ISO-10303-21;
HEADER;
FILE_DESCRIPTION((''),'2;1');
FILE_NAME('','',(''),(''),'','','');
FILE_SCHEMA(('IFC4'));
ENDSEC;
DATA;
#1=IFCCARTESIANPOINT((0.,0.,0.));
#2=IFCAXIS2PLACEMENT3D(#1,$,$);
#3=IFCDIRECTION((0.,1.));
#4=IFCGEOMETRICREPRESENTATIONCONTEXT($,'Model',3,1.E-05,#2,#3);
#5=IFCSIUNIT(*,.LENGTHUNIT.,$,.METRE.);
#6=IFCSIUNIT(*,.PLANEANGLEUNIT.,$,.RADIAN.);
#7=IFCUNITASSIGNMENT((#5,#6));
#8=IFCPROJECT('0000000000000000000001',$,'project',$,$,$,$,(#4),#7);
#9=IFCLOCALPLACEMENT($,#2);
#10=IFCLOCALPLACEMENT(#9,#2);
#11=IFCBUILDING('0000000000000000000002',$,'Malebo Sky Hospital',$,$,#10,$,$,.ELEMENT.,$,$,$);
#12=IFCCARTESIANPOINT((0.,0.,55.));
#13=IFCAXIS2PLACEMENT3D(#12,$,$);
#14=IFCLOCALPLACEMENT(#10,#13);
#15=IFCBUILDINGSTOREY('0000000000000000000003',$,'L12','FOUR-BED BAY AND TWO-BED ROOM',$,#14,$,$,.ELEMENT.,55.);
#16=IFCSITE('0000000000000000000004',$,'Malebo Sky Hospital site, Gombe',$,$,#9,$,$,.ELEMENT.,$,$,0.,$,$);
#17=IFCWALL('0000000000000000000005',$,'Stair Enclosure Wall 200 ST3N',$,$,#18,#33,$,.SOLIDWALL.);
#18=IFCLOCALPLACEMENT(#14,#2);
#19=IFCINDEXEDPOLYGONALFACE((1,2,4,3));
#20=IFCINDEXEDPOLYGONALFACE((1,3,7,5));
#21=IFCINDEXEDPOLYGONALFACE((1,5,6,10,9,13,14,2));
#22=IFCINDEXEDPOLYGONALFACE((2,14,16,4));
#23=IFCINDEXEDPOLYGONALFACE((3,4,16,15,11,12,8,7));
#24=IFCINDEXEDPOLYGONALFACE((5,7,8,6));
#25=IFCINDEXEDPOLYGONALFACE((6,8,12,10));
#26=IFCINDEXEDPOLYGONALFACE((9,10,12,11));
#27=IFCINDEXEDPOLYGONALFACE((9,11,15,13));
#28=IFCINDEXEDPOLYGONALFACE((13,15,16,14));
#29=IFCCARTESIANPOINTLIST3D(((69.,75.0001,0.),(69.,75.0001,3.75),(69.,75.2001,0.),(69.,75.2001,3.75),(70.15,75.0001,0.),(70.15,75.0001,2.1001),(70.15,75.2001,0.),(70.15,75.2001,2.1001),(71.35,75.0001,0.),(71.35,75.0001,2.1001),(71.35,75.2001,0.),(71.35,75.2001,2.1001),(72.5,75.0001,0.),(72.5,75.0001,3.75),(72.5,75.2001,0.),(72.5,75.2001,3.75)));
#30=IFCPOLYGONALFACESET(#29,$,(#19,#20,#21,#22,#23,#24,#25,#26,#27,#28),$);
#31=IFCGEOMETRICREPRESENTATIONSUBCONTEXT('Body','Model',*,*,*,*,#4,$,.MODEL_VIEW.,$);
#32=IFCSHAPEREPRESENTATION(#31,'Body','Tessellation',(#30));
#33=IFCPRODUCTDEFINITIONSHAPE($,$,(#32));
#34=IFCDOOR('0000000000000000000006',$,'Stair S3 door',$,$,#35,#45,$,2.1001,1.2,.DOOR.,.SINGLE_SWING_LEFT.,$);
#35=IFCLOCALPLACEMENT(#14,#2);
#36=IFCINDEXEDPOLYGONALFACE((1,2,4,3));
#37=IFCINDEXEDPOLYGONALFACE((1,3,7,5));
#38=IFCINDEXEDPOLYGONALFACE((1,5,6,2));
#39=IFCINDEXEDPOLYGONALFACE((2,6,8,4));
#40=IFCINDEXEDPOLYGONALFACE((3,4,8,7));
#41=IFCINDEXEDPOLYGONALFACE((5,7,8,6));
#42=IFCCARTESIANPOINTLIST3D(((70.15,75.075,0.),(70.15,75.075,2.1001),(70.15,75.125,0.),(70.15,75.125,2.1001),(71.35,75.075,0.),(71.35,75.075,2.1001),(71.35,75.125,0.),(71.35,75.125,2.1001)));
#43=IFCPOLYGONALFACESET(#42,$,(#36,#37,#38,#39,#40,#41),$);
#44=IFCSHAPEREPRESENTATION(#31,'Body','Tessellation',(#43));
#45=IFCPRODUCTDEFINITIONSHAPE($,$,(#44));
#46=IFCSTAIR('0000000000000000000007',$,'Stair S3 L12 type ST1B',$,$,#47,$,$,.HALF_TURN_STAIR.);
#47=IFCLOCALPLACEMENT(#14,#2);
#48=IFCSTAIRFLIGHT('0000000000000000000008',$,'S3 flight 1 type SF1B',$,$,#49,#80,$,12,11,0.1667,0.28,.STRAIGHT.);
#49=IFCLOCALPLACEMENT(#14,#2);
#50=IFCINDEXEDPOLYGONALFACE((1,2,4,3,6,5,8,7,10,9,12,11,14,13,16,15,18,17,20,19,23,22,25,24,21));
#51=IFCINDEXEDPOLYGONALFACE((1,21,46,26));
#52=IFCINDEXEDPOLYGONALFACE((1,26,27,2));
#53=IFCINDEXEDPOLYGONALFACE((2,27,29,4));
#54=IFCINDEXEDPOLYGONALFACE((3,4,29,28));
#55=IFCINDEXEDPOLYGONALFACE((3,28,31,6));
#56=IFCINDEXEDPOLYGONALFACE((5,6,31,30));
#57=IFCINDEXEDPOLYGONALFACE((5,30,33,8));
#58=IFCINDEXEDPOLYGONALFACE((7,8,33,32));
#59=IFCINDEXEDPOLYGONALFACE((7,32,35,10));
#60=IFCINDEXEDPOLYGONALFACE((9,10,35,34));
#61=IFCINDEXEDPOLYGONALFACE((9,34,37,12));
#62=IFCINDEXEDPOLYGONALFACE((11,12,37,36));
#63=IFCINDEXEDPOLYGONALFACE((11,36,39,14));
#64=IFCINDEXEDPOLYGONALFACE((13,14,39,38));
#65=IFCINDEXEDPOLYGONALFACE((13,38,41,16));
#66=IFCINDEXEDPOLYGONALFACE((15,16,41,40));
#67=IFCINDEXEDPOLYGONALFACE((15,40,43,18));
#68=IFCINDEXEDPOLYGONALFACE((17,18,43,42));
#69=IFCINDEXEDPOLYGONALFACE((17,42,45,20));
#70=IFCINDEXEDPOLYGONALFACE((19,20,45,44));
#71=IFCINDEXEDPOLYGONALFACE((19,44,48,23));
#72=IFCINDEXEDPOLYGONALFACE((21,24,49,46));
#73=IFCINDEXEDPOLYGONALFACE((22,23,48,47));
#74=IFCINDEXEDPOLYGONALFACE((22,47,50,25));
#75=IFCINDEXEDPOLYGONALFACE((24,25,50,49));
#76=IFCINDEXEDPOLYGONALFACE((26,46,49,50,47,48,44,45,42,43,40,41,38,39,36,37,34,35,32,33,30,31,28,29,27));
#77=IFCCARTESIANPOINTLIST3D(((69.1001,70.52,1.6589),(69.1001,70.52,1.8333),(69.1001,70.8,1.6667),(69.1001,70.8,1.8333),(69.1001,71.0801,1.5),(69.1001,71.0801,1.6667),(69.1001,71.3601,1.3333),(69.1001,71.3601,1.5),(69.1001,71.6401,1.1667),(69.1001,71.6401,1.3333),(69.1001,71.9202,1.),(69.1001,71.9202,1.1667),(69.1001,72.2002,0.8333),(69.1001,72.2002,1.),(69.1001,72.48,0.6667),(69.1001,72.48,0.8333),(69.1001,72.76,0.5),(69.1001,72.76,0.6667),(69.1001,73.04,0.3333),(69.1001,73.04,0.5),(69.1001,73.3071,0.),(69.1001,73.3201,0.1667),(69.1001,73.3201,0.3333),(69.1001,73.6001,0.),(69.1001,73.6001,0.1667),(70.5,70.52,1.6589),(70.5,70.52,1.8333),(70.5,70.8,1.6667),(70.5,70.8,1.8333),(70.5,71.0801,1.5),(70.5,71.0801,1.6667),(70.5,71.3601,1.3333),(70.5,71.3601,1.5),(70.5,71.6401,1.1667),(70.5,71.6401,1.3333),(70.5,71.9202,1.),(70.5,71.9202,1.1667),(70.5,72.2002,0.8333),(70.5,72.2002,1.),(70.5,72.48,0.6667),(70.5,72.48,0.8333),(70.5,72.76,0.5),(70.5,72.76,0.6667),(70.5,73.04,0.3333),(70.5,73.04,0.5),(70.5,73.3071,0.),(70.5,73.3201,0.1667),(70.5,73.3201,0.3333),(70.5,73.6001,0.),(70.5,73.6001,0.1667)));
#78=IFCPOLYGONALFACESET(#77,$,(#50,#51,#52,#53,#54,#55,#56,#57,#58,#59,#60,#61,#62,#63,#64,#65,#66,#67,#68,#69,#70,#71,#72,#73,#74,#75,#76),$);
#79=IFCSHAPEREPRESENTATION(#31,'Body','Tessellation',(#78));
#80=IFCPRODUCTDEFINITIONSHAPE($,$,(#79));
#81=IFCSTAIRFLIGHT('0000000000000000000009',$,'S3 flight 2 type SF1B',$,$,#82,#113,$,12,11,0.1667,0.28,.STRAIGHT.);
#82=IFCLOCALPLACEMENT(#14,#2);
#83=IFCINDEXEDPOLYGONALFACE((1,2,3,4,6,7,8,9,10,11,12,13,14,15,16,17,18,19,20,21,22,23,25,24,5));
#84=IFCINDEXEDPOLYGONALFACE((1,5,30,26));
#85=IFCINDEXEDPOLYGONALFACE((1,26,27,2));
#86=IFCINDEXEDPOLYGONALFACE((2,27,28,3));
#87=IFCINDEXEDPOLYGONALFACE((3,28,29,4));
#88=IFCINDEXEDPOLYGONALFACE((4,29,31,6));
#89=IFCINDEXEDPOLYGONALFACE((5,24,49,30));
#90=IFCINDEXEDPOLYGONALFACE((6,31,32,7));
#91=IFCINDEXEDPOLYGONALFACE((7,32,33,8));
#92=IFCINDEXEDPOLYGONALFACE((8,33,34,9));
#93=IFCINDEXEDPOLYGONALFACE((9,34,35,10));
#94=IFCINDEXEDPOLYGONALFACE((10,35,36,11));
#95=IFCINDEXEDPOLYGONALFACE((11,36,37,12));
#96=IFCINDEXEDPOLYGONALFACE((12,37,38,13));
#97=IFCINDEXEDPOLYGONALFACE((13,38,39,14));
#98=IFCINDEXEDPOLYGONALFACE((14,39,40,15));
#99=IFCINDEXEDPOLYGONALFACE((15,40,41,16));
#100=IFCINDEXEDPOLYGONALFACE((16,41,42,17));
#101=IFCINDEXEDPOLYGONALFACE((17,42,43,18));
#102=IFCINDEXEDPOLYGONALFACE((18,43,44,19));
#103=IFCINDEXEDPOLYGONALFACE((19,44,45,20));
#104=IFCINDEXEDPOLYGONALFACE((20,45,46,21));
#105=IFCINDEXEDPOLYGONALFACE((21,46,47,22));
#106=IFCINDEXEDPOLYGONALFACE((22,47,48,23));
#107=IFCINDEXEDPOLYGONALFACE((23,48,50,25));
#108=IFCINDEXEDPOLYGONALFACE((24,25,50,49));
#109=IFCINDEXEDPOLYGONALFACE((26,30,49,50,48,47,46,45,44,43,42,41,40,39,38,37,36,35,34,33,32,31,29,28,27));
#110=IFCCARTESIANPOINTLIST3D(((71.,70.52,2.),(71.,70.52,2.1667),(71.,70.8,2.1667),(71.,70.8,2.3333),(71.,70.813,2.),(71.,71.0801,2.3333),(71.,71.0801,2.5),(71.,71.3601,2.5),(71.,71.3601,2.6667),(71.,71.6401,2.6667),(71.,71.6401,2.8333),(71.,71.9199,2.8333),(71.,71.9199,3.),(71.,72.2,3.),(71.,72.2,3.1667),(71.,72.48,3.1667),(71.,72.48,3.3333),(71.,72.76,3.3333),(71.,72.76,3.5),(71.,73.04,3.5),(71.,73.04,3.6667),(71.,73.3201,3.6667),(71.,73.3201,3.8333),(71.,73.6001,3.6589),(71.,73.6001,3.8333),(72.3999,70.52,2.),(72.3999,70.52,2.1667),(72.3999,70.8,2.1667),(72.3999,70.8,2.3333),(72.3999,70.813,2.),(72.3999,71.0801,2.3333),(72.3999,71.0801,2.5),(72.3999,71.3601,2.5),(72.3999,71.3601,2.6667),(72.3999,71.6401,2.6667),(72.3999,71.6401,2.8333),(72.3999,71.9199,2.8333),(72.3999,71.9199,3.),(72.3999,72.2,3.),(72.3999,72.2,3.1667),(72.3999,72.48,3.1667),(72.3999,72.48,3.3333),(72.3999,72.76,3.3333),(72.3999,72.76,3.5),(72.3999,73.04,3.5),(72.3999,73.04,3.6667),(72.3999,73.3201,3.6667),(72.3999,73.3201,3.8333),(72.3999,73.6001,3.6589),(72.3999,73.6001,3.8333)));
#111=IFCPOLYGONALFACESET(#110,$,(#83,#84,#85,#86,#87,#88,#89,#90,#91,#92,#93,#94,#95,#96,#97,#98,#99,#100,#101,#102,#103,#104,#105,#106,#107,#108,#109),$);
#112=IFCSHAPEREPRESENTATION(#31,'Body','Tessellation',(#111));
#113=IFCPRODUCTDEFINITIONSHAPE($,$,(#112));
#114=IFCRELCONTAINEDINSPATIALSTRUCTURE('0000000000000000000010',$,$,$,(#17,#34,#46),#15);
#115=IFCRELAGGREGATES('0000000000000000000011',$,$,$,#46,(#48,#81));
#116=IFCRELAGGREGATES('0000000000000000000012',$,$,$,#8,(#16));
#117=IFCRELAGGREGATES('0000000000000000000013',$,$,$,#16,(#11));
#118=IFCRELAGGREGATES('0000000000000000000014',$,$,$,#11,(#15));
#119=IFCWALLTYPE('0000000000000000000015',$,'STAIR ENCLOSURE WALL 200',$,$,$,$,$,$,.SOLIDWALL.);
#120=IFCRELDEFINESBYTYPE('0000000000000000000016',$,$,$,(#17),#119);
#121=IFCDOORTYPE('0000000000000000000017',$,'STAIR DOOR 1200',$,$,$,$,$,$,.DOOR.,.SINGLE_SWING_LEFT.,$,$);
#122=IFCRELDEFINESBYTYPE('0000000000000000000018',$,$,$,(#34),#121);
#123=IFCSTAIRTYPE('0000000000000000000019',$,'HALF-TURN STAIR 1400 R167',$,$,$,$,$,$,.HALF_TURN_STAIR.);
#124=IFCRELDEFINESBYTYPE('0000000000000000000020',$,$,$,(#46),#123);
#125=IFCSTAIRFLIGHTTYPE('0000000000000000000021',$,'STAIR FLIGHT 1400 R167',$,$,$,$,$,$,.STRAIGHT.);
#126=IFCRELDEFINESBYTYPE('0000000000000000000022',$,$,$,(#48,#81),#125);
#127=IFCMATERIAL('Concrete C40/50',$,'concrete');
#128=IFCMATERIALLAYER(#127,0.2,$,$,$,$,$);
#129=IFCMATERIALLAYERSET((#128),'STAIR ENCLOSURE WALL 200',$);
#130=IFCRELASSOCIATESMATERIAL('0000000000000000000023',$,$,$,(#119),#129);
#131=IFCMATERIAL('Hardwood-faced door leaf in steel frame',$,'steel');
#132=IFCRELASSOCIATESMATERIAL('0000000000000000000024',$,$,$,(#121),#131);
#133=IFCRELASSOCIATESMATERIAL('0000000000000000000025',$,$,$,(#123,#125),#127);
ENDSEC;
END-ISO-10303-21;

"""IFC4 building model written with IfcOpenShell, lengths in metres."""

from ifc_helpers import new_model, si_unit, direction, frame, frame_2d, origin, place, context, subcontext, project, spatial, polyline, rectangle, outline, extrude, material, layer, layer_set, type_object, element, fill, aggregate, save


model = new_model("IFC4")

# Units and contexts
model_context = context("Model", 3, precision=1e-05, world=origin(), true_north=direction((0.0, 1.0)))
body_context = subcontext(model_context, "Body", "Model", "MODEL_VIEW")
ifc_project = project(units=[si_unit("LENGTHUNIT", "METRE"), si_unit("PLANEANGLEUNIT", "RADIAN")], contexts=[model_context])

# Site, building, storey
site_placement = place(None, origin())
site = spatial("IfcSite", under=ifc_project, at=site_placement, Name="Malebo Sky Hospital site, Gombe", CompositionType="ELEMENT", RefElevation=0.0)
building_placement = place(site_placement, origin())
building = spatial("IfcBuilding", under=site, at=building_placement, Name="Malebo Sky Hospital", CompositionType="ELEMENT")
storey_placement = place(building_placement, frame((0.0, 0.0, 55.0)))
storey = spatial("IfcBuildingStorey", under=building, at=storey_placement, Name="L12", Description="FOUR-BED BAY AND TWO-BED ROOM", CompositionType="ELEMENT", Elevation=55.0)

# Shared definitions
ifc_material_1 = material(Name="Hardwood-faced door leaf in steel frame", Category="steel")

# Shared definitions
ifc_material_2 = material(Name="Concrete C40/50", Category="concrete")
ifc_layer_1 = layer(ifc_material_2, 0.2)
ifc_layer_set_1 = layer_set([ifc_layer_1], Name="STAIR ENCLOSURE WALL 200")
wall_type_1 = type_object("IfcWallType", Name="STAIR ENCLOSURE WALL 200", PredefinedType="SOLIDWALL", material=ifc_layer_set_1)

# Wall, opening, door
wall_1_placement = place(storey_placement, frame((69.0, 75.1001, 0.0), z_axis=(0.0, 0.0, 1.0), x_axis=(1.0, 0.0, 0.0)))
wall_1 = element("IfcWall", 1, at=wall_1_placement, inside=storey, type_object=wall_type_1, Name="Stair Enclosure Wall 200 ST3N", PredefinedType="SOLIDWALL", context=body_context, shape_type="SweptSolid", body=[
    extrude(rectangle(XDim=3.5, YDim=0.2, at=frame_2d((1.75, 0.0))), origin(), (0.0, 0.0, 1.0), 3.75),
])
opening_1_placement = place(wall_1_placement, frame((1.1499, 0.0, 0.0)))
opening_1 = element("IfcOpeningElement", 2, at=opening_1_placement, cuts=wall_1, PredefinedType="OPENING", context=body_context, shape_type="SweptSolid", body=[
    extrude(rectangle(XDim=1.2, YDim=2.1001, at=frame_2d((0.6001, 1.05))), frame((0.0, 0.1099, 0.0), z_axis=(0.0, -1.0, 0.0), x_axis=(1.0, 0.0, 0.0)), (0.0, 0.0, 1.0), 0.22),
])
door_type_1 = type_object("IfcDoorType", Name="STAIR DOOR 1200", OperationType="SINGLE_SWING_LEFT", PredefinedType="DOOR", material=ifc_material_1)
door_1_placement = place(opening_1_placement, origin())
door_1 = element("IfcDoor", 3, at=door_1_placement, inside=storey, type_object=door_type_1, Name="Stair S3 door", OperationType="SINGLE_SWING_LEFT", OverallHeight=2.1001, OverallWidth=1.2, PredefinedType="DOOR", context=body_context, shape_type="SweptSolid", body=[
    extrude(rectangle(XDim=1.2, YDim=2.1001, at=frame_2d((0.6001, 1.05))), frame((0.0, 0.0249, 0.0), z_axis=(0.0, -1.0, 0.0), x_axis=(1.0, 0.0, 0.0)), (0.0, 0.0, 1.0), 0.05),
])
fill(opening_1, door_1)

# Stair, stair flights
stair_type = type_object("IfcStairType", Name="HALF-TURN STAIR 1400 R167", PredefinedType="HALF_TURN_STAIR", material=ifc_material_2)
stair_placement = place(storey_placement, origin())
stair = element("IfcStair", 4, at=stair_placement, inside=storey, type_object=stair_type, Name="Stair S3 L12 type ST1B", PredefinedType="HALF_TURN_STAIR")
stair_flight_type = type_object("IfcStairFlightType", Name="STAIR FLIGHT 1400 R167", PredefinedType="STRAIGHT", material=ifc_material_2)
stair_flight_1_placement = place(storey_placement, frame((69.8, 73.6001, 0.0), z_axis=(0.0, 0.0, 1.0), x_axis=(0.0, -1.0, 0.0)))
stair_flight_1 = element("IfcStairFlight", 5, at=stair_flight_1_placement, type_object=stair_flight_type, Name="S3 flight 1 type SF1B", NumberOfRisers=12, NumberOfTreads=11, PredefinedType="STRAIGHT", RiserHeight=0.1667, TreadLength=0.28, context=body_context, shape_type="SweptSolid", body=[
    extrude(outline(polyline([(0.0, 0.0), (0.0, 0.1667), (0.28, 0.1667), (0.28, 0.3333), (0.5601, 0.3333), (0.5601, 0.5), (0.8401, 0.5), (0.8401, 0.6667), (1.1201, 0.6667), (1.1201, 0.8333), (1.3999, 0.8333), (1.3999, 1.0), (1.6799, 1.0), (1.6799, 1.1667), (1.96, 1.1667), (1.96, 1.3333), (2.24, 1.3333), (2.24, 1.5), (2.52, 1.5), (2.52, 1.6667), (2.8, 1.6667), (2.8, 1.8333), (3.0801, 1.8333), (3.0801, 2.0), (3.0801, 1.6589), (0.293, 0.0), (0.0, 0.0)])), frame((0.0, 0.7, 0.0), z_axis=(0.0, -1.0, 0.0), x_axis=(1.0, 0.0, 0.0)), (0.0, 0.0, 1.0), 1.3999),
])
stair_flight_2_placement = place(storey_placement, frame((71.7, 70.52, 2.0), z_axis=(0.0, 0.0, 1.0), x_axis=(0.0, 1.0, 0.0)))
stair_flight_2 = element("IfcStairFlight", 6, at=stair_flight_2_placement, type_object=stair_flight_type, Name="S3 flight 2 type SF1B", NumberOfRisers=12, NumberOfTreads=11, PredefinedType="STRAIGHT", RiserHeight=0.1667, TreadLength=0.28, context=body_context, shape_type="SweptSolid", body=[
    extrude(outline(polyline([(0.0, 0.0), (0.0, 0.1667), (0.28, 0.1667), (0.28, 0.3333), (0.5601, 0.3333), (0.5601, 0.5), (0.8401, 0.5), (0.8401, 0.6667), (1.1201, 0.6667), (1.1201, 0.8333), (1.3999, 0.8333), (1.3999, 1.0), (1.6799, 1.0), (1.6799, 1.1667), (1.96, 1.1667), (1.96, 1.3333), (2.24, 1.3333), (2.24, 1.5), (2.52, 1.5), (2.52, 1.6667), (2.8, 1.6667), (2.8, 1.8333), (3.0801, 1.8333), (3.0801, 2.0), (3.0801, 1.6589), (0.293, 0.0), (0.0, 0.0)])), frame((0.0, 0.7, 0.0), z_axis=(0.0, -1.0, 0.0), x_axis=(1.0, 0.0, 0.0)), (0.0, 0.0, 1.0), 1.3999),
])
aggregate(stair, [stair_flight_1, stair_flight_2])

save(model, "model.ifc")
